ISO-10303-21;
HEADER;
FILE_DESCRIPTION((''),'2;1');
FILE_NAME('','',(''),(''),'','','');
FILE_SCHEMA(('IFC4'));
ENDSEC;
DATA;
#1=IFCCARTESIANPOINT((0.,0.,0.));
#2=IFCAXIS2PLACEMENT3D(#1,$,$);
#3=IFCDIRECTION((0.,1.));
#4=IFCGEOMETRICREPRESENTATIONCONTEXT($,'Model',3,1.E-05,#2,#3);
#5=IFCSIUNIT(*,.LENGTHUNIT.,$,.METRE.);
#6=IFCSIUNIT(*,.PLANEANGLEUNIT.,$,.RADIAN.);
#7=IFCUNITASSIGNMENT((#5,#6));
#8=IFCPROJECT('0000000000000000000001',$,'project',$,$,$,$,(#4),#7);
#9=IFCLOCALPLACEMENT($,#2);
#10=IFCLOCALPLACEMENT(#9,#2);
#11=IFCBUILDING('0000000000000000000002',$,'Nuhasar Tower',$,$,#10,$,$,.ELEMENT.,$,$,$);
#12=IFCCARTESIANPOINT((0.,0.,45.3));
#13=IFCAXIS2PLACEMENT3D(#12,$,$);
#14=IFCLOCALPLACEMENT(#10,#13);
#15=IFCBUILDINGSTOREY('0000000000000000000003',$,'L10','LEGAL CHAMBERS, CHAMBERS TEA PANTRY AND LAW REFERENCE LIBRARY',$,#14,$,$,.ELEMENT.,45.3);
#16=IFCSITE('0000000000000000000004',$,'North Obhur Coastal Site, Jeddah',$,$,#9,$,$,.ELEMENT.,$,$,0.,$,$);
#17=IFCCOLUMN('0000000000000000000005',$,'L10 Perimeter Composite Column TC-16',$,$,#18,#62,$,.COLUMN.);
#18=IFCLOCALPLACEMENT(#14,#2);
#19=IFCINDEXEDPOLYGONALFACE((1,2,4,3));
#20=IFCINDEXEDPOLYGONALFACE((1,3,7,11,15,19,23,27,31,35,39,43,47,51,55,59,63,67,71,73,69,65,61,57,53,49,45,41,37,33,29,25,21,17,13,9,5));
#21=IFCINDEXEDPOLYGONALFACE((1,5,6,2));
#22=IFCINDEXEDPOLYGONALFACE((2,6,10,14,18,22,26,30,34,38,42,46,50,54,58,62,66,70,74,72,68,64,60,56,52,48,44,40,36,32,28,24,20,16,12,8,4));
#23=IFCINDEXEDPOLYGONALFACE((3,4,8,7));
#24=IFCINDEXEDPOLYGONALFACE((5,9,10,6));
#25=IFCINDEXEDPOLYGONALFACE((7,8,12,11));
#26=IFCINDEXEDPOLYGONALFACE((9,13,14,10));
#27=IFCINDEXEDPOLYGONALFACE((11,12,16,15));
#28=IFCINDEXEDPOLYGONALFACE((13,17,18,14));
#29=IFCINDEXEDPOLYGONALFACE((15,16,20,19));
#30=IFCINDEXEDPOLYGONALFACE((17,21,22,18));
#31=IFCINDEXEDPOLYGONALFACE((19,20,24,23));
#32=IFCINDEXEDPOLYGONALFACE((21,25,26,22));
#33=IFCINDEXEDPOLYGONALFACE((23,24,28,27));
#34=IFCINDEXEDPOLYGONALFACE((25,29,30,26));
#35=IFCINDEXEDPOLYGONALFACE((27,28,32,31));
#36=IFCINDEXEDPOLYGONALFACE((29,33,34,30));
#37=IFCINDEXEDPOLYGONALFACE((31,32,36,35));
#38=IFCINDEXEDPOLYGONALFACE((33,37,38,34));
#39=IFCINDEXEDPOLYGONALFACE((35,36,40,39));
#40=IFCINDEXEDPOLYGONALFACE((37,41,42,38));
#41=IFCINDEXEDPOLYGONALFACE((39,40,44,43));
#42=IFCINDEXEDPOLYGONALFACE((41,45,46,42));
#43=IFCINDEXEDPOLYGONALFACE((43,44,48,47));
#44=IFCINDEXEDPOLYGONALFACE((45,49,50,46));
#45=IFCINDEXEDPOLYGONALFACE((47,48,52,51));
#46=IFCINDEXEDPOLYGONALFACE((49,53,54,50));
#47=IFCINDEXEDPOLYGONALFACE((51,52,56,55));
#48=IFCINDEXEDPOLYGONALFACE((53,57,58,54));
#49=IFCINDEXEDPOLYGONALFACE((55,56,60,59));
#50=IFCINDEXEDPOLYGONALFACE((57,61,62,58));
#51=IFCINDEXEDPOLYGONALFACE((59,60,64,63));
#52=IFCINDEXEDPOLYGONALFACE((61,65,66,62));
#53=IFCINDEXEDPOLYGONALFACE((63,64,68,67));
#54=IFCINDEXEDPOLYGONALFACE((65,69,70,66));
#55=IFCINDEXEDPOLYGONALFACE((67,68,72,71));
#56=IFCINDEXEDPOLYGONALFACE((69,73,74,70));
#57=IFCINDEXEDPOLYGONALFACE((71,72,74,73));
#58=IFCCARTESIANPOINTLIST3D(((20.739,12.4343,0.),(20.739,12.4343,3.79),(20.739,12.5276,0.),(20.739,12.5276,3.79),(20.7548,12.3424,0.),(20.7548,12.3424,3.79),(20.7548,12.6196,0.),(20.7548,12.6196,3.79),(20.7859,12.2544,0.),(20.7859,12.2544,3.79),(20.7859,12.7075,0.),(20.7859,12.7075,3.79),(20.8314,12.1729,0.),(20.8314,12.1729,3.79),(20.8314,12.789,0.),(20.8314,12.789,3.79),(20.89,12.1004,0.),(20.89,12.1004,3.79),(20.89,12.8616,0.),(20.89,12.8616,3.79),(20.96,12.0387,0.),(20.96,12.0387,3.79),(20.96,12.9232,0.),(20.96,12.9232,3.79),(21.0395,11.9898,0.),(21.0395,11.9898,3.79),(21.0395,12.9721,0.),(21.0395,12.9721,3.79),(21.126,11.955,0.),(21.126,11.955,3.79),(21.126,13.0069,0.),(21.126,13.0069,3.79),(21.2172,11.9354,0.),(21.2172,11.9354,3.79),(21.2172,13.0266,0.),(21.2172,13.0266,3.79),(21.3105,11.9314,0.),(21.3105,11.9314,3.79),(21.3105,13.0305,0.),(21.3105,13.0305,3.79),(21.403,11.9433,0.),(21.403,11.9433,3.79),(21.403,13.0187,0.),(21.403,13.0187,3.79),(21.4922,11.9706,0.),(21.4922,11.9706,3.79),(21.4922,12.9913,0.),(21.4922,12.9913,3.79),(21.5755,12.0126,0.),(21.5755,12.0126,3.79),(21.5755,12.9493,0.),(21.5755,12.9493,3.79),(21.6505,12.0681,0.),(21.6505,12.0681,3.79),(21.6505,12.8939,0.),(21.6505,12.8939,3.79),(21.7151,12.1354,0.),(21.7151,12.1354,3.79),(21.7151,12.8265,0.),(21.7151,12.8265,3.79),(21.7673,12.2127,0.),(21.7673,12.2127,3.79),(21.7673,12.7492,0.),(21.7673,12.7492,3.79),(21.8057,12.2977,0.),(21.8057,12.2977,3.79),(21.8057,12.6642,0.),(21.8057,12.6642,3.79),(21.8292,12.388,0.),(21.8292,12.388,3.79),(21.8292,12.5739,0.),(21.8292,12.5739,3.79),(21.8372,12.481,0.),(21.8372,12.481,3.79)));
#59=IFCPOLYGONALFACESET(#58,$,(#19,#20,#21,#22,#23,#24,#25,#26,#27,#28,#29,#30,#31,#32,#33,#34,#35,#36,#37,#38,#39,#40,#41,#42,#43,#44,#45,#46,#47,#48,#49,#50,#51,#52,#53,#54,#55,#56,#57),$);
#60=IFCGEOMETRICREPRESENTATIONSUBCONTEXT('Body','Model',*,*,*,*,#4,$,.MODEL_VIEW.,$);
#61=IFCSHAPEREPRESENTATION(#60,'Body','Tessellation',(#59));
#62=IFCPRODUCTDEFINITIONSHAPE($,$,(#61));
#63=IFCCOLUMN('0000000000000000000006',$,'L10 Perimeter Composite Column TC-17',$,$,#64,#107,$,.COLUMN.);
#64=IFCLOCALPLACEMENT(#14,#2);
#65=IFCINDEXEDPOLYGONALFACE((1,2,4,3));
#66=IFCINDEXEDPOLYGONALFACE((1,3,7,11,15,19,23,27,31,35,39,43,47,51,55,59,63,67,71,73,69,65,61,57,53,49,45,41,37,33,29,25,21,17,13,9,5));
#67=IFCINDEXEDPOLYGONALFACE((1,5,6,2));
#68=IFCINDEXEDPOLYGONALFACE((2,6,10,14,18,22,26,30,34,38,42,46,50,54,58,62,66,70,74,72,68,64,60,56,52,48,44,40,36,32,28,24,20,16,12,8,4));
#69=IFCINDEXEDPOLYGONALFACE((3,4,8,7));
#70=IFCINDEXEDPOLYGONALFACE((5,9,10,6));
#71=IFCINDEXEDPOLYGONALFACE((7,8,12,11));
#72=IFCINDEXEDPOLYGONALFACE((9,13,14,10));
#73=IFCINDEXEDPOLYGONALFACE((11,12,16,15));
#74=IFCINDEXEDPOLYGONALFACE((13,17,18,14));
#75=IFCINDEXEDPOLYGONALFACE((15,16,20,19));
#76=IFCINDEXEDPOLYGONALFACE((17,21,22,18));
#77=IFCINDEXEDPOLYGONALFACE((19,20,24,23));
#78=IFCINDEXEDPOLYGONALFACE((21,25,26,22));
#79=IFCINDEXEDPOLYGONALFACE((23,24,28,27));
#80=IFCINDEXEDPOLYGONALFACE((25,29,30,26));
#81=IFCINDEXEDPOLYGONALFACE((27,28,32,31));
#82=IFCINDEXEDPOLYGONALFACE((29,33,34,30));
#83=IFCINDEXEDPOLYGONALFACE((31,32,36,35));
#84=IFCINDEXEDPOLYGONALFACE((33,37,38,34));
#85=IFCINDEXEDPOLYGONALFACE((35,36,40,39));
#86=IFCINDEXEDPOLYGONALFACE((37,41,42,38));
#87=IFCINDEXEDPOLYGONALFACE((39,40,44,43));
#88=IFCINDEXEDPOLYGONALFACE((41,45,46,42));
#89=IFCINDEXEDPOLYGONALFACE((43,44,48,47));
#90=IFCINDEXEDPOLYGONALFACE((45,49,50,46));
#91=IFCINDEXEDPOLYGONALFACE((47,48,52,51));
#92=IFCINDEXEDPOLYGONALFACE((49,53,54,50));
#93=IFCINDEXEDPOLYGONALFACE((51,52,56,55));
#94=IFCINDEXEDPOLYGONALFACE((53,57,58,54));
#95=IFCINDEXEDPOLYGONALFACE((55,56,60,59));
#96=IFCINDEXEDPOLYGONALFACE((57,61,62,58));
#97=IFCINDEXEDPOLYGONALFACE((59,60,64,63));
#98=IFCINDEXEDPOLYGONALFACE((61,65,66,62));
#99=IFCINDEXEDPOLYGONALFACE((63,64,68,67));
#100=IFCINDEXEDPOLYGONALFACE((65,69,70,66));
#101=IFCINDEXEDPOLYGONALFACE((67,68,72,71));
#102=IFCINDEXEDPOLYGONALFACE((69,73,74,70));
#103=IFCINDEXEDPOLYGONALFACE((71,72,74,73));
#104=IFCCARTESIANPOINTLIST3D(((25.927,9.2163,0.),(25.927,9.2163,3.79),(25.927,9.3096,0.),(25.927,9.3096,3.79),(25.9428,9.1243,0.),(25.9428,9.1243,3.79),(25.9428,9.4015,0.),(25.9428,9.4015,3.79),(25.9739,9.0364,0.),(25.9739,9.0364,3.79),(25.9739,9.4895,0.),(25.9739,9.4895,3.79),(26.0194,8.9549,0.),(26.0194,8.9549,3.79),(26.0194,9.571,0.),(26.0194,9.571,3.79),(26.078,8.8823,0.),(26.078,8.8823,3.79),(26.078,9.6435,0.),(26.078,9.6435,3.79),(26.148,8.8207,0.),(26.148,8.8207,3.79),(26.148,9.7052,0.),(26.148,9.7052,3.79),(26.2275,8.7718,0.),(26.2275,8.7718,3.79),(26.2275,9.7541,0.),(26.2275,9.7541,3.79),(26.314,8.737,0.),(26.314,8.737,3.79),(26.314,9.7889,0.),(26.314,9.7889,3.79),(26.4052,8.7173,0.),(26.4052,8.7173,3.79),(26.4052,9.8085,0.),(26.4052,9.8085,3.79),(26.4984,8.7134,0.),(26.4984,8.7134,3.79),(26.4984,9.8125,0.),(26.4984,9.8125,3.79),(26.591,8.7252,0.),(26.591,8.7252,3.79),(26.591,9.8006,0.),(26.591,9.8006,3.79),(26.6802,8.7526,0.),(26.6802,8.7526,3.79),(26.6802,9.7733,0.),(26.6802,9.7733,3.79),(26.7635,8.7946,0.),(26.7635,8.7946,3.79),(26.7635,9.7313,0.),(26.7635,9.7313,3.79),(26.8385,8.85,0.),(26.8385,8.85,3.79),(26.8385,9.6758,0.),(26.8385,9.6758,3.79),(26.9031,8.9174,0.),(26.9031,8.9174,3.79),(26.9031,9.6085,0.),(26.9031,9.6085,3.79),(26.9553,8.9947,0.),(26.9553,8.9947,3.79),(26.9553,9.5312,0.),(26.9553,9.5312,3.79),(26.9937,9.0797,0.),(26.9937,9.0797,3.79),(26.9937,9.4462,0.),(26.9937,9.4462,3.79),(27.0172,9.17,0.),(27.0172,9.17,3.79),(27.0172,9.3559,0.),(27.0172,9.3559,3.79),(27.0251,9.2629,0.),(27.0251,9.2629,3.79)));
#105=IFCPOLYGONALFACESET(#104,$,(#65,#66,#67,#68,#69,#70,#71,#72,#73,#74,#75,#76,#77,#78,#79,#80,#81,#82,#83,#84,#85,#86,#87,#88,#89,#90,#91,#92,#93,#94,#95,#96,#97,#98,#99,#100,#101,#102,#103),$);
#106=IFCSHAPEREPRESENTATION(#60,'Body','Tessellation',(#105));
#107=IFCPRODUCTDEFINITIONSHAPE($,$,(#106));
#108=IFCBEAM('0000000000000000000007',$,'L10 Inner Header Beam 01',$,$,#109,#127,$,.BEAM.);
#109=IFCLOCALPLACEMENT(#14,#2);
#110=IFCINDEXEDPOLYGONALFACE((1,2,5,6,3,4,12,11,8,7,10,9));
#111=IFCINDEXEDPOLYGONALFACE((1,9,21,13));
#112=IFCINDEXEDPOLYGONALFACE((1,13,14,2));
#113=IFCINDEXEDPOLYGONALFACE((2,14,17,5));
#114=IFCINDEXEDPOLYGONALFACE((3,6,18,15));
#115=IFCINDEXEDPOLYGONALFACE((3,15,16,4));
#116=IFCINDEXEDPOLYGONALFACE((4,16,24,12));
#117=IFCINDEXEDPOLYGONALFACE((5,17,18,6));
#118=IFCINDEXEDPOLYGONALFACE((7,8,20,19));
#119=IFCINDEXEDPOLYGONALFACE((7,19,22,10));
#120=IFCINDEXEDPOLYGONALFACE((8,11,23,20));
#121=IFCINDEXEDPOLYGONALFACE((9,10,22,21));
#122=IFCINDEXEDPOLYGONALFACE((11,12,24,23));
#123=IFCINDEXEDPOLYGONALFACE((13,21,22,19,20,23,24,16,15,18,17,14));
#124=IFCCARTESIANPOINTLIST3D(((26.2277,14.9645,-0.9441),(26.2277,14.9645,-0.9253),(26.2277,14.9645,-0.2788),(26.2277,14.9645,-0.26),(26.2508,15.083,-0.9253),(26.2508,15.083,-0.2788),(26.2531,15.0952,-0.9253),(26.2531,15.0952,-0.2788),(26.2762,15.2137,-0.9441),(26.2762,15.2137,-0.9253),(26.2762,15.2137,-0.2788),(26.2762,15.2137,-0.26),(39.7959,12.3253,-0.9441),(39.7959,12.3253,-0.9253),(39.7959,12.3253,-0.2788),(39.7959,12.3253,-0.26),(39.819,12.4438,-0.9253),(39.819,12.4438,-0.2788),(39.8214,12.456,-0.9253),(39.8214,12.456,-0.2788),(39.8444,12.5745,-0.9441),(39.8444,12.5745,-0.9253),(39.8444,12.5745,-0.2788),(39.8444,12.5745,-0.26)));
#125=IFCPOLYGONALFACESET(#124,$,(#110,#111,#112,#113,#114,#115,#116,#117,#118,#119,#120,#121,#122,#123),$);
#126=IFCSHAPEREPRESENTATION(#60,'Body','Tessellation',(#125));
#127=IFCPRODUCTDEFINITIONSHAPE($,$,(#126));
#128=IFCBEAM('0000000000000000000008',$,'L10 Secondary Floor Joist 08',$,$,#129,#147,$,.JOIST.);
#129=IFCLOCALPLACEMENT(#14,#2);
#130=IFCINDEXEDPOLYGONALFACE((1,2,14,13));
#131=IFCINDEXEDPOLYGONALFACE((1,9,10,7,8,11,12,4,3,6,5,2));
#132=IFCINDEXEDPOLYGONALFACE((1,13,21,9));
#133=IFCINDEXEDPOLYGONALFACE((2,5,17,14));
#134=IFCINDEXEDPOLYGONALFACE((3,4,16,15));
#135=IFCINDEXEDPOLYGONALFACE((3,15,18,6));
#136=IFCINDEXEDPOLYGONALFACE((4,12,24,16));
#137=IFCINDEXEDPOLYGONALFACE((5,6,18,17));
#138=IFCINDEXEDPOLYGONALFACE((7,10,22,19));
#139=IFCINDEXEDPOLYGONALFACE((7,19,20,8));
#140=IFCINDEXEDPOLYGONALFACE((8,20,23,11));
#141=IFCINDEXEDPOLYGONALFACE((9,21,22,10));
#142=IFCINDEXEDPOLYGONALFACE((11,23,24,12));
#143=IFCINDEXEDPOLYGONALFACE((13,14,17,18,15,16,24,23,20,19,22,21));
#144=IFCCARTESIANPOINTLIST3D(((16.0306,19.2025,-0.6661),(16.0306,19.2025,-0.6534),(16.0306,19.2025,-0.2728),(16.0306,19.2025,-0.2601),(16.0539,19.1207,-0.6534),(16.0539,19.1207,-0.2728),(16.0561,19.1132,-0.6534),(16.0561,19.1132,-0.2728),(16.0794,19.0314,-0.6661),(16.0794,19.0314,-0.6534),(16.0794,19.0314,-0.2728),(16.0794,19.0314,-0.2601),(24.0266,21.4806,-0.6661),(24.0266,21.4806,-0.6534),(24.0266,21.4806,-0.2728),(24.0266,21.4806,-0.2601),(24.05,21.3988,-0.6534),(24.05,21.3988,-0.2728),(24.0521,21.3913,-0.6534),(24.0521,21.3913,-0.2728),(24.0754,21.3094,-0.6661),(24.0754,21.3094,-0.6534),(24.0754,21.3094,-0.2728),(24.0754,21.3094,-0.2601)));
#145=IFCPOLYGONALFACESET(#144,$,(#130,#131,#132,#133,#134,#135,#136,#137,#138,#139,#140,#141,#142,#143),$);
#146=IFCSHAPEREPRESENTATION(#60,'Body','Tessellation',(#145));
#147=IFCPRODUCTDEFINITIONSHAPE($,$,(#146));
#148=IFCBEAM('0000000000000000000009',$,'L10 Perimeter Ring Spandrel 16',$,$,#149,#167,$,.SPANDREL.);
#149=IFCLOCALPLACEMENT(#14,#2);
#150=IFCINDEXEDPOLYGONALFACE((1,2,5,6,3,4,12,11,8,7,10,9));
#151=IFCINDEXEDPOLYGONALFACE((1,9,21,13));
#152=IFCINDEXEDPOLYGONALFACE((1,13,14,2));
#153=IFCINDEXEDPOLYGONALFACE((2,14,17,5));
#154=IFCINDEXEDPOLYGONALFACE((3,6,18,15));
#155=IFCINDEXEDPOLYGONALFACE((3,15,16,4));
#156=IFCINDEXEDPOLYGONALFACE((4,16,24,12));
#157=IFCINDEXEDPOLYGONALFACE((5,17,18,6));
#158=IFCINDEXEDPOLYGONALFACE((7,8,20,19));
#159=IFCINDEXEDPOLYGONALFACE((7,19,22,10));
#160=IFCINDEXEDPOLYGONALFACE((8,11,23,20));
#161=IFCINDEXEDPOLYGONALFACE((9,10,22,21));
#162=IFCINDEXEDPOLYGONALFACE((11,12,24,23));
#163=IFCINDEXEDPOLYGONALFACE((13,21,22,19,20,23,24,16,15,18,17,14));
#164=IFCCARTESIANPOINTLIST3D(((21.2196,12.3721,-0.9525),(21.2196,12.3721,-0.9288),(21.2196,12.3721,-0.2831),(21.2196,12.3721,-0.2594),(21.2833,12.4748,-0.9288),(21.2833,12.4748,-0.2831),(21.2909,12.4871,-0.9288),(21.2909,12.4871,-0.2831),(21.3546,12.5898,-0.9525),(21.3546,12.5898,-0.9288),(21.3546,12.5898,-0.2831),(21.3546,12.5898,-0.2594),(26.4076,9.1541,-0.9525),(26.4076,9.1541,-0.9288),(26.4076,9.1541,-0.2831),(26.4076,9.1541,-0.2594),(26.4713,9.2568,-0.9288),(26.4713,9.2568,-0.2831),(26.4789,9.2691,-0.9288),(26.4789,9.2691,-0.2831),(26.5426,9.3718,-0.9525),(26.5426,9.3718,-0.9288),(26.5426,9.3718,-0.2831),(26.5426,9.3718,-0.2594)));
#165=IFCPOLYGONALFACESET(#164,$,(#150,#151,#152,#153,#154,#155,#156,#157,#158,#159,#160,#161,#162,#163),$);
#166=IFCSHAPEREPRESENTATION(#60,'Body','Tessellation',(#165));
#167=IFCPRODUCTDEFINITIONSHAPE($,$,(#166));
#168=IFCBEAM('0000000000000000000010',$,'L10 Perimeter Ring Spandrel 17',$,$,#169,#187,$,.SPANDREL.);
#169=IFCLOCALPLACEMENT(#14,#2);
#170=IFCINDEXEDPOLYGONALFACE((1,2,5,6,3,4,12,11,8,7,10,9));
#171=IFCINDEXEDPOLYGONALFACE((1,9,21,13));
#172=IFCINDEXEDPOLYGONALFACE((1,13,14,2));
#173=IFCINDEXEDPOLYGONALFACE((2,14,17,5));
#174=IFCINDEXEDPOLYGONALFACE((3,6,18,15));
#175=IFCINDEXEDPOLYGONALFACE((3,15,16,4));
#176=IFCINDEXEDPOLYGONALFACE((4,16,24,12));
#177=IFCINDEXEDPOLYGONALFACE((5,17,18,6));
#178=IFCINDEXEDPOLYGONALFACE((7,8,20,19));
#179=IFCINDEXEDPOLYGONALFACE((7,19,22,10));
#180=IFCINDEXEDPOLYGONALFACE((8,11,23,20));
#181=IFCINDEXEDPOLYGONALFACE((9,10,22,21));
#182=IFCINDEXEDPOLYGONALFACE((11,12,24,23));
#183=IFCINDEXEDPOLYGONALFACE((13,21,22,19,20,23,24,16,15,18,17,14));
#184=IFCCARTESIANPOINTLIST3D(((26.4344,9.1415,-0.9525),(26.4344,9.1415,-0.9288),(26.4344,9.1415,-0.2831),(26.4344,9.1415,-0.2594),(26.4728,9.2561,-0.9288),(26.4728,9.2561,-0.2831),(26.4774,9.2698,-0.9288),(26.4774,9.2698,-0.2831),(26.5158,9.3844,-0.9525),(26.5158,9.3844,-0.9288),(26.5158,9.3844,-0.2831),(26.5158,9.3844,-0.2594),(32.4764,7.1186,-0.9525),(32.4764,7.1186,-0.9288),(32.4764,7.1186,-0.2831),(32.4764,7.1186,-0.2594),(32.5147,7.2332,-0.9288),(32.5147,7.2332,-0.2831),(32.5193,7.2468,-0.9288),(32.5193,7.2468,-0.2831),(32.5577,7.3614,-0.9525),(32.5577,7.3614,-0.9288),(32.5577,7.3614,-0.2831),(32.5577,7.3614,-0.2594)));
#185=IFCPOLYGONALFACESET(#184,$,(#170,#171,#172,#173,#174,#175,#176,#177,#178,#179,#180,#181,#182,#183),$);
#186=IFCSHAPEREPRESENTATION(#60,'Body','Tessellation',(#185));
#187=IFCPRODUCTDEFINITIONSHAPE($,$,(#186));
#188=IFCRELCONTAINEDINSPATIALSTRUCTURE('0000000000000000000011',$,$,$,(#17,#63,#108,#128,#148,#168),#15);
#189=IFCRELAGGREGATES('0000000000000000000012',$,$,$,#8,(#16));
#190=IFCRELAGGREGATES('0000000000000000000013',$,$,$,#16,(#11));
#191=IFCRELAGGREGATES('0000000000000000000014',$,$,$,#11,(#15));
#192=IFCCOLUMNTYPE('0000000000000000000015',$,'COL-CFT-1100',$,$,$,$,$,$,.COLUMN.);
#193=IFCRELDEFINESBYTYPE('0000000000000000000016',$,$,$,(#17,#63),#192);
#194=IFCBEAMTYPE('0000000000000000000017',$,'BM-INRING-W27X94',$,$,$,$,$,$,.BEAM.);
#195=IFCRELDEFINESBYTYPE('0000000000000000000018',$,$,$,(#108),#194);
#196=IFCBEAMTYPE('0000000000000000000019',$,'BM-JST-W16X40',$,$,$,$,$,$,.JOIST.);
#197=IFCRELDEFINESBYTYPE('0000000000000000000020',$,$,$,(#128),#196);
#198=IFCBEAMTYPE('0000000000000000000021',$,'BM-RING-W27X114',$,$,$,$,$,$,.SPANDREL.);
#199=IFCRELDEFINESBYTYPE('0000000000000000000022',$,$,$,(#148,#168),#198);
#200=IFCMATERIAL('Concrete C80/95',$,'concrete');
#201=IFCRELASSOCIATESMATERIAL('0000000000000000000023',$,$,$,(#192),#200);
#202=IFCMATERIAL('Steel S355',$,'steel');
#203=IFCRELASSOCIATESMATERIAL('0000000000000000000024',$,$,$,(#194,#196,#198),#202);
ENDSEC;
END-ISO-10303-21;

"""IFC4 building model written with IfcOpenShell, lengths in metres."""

from ifc_helpers import new_model, si_unit, direction, frame, origin, origin_2d, place, context, subcontext, project, spatial, circle, i_section, extrude, material, material_profile, profile_set, type_object, element, save


model = new_model("IFC4")

# Units and contexts
model_context = context("Model", 3, precision=1e-05, world=origin(), true_north=direction((0.0, 1.0)))
body_context = subcontext(model_context, "Body", "Model", "MODEL_VIEW")
ifc_project = project(units=[si_unit("LENGTHUNIT", "METRE"), si_unit("PLANEANGLEUNIT", "RADIAN")], contexts=[model_context])

# Site, building, storey
site_placement = place(None, origin())
site = spatial("IfcSite", under=ifc_project, at=site_placement, Name="North Obhur Coastal Site, Jeddah", CompositionType="ELEMENT", RefElevation=0.0)
building_placement = place(site_placement, origin())
building = spatial("IfcBuilding", under=site, at=building_placement, Name="Nuhasar Tower", CompositionType="ELEMENT")
storey_placement = place(building_placement, frame((0.0, 0.0, 45.3)))
storey = spatial("IfcBuildingStorey", under=building, at=storey_placement, Name="L10", Description="LEGAL CHAMBERS, CHAMBERS TEA PANTRY AND LAW REFERENCE LIBRARY", CompositionType="ELEMENT", Elevation=45.3)

# Columns
ifc_material_1 = material(Name="Concrete C80/95", Category="concrete")
ifc_material_profile_1 = material_profile(ifc_material_1, circle(Radius=0.55, at=origin_2d()), Name="CFT1100")
ifc_profile_set_1 = profile_set([ifc_material_profile_1], Name="Concrete C80/95")
column_type = type_object("IfcColumnType", Name="COL-CFT-1100", PredefinedType="COLUMN", material=ifc_profile_set_1)
for number, where, z_axis, x_axis, name in (
    (1, (21.2871, 12.481, 0.0), (0.0, 0.0, 1.0), (1.0, 0.0, 0.0), "L10 Perimeter Composite Column TC-16"),
    (2, (26.4751, 9.2629, 0.0), (0.0, 0.0, 1.0), (1.0, 0.0, 0.0), "L10 Perimeter Composite Column TC-17"),
):
    element("IfcColumn", number, at=place(storey_placement, frame(where, z_axis=z_axis, x_axis=x_axis)), inside=storey, type_object=column_type, Name=name, PredefinedType="COLUMN", context=body_context, shape_type="SweptSolid", body=[
        extrude(circle(Radius=0.55, at=origin_2d()), origin(), (0.0, 0.0, 1.0), 3.79),
    ])

# Beams
ifc_material_2 = material(Name="Steel S355", Category="steel")
ifc_material_profile_2 = material_profile(ifc_material_2, i_section(OverallWidth=0.2539, OverallDepth=0.6841, WebThickness=0.0125, FlangeThickness=0.0188, at=origin_2d()), Name="W27X94")
ifc_profile_set_2 = profile_set([ifc_material_profile_2], Name="Steel S355")
beam_type_1 = type_object("IfcBeamType", Name="BM-INRING-W27X94", PredefinedType="BEAM", material=ifc_profile_set_2)
beam_1_placement = place(storey_placement, frame((26.252, 15.0891, -0.6021), z_axis=(0.981603, -0.190933, 0.0), x_axis=(0.190933, 0.981603, 0.0)))
element("IfcBeam", 3, at=beam_1_placement, inside=storey, type_object=beam_type_1, Name="L10 Inner Header Beam 01", PredefinedType="BEAM", context=body_context, shape_type="SweptSolid", body=[
    extrude(i_section(OverallWidth=0.2539, OverallDepth=0.6841, WebThickness=0.0125, FlangeThickness=0.0188, at=origin_2d()), origin(), (0.0, 0.0, 1.0), 13.8225),
])
ifc_material_profile_3 = material_profile(ifc_material_2, i_section(OverallWidth=0.178, OverallDepth=0.406, WebThickness=0.0078, FlangeThickness=0.0127, at=origin_2d()), Name="W16X40")
ifc_profile_set_3 = profile_set([ifc_material_profile_3], Name="Steel S355")
beam_type_2 = type_object("IfcBeamType", Name="BM-JST-W16X40", PredefinedType="JOIST", material=ifc_profile_set_3)
beam_2_placement = place(storey_placement, frame((24.051, 21.395, -0.4631), z_axis=(-0.961731, -0.273996, 0.0), x_axis=(0.273996, -0.961731, 0.0)))
element("IfcBeam", 4, at=beam_2_placement, inside=storey, type_object=beam_type_2, Name="L10 Secondary Floor Joist 08", PredefinedType="JOIST", context=body_context, shape_type="SweptSolid", body=[
    extrude(i_section(OverallWidth=0.178, OverallDepth=0.406, WebThickness=0.0078, FlangeThickness=0.0127, at=origin_2d()), origin(), (0.0, 0.0, 1.0), 8.3142),
])
ifc_material_profile_4 = material_profile(ifc_material_2, i_section(OverallWidth=0.2561, OverallDepth=0.6931, WebThickness=0.0144, FlangeThickness=0.0237, at=origin_2d()), Name="W27X114")
ifc_profile_set_4 = profile_set([ifc_material_profile_4], Name="Steel S355")
beam_type_3 = type_object("IfcBeamType", Name="BM-RING-W27X114", PredefinedType="SPANDREL", material=ifc_profile_set_4)
beam_3_placement = place(storey_placement, frame((21.2871, 12.481, -0.606), z_axis=(0.849795, -0.527113, 0.0), x_axis=(0.527113, 0.849795, 0.0)))
element("IfcBeam", 5, at=beam_3_placement, inside=storey, type_object=beam_type_3, Name="L10 Perimeter Ring Spandrel 16", PredefinedType="SPANDREL", context=body_context, shape_type="SweptSolid", body=[
    extrude(i_section(OverallWidth=0.2561, OverallDepth=0.6931, WebThickness=0.0144, FlangeThickness=0.0237, at=origin_2d()), origin(), (0.0, 0.0, 1.0), 6.105),
])
beam_4_placement = place(storey_placement, frame((26.4751, 9.2629, -0.606), z_axis=(0.948261, -0.317492, 0.0), x_axis=(0.317492, 0.948261, 0.0)))
element("IfcBeam", 6, at=beam_4_placement, inside=storey, type_object=beam_type_3, Name="L10 Perimeter Ring Spandrel 17", PredefinedType="SPANDREL", context=body_context, shape_type="SweptSolid", body=[
    extrude(i_section(OverallWidth=0.2561, OverallDepth=0.6931, WebThickness=0.0144, FlangeThickness=0.0237, at=origin_2d()), origin(), (0.0, 0.0, 1.0), 6.3716),
])

save(model, "model.ifc")
